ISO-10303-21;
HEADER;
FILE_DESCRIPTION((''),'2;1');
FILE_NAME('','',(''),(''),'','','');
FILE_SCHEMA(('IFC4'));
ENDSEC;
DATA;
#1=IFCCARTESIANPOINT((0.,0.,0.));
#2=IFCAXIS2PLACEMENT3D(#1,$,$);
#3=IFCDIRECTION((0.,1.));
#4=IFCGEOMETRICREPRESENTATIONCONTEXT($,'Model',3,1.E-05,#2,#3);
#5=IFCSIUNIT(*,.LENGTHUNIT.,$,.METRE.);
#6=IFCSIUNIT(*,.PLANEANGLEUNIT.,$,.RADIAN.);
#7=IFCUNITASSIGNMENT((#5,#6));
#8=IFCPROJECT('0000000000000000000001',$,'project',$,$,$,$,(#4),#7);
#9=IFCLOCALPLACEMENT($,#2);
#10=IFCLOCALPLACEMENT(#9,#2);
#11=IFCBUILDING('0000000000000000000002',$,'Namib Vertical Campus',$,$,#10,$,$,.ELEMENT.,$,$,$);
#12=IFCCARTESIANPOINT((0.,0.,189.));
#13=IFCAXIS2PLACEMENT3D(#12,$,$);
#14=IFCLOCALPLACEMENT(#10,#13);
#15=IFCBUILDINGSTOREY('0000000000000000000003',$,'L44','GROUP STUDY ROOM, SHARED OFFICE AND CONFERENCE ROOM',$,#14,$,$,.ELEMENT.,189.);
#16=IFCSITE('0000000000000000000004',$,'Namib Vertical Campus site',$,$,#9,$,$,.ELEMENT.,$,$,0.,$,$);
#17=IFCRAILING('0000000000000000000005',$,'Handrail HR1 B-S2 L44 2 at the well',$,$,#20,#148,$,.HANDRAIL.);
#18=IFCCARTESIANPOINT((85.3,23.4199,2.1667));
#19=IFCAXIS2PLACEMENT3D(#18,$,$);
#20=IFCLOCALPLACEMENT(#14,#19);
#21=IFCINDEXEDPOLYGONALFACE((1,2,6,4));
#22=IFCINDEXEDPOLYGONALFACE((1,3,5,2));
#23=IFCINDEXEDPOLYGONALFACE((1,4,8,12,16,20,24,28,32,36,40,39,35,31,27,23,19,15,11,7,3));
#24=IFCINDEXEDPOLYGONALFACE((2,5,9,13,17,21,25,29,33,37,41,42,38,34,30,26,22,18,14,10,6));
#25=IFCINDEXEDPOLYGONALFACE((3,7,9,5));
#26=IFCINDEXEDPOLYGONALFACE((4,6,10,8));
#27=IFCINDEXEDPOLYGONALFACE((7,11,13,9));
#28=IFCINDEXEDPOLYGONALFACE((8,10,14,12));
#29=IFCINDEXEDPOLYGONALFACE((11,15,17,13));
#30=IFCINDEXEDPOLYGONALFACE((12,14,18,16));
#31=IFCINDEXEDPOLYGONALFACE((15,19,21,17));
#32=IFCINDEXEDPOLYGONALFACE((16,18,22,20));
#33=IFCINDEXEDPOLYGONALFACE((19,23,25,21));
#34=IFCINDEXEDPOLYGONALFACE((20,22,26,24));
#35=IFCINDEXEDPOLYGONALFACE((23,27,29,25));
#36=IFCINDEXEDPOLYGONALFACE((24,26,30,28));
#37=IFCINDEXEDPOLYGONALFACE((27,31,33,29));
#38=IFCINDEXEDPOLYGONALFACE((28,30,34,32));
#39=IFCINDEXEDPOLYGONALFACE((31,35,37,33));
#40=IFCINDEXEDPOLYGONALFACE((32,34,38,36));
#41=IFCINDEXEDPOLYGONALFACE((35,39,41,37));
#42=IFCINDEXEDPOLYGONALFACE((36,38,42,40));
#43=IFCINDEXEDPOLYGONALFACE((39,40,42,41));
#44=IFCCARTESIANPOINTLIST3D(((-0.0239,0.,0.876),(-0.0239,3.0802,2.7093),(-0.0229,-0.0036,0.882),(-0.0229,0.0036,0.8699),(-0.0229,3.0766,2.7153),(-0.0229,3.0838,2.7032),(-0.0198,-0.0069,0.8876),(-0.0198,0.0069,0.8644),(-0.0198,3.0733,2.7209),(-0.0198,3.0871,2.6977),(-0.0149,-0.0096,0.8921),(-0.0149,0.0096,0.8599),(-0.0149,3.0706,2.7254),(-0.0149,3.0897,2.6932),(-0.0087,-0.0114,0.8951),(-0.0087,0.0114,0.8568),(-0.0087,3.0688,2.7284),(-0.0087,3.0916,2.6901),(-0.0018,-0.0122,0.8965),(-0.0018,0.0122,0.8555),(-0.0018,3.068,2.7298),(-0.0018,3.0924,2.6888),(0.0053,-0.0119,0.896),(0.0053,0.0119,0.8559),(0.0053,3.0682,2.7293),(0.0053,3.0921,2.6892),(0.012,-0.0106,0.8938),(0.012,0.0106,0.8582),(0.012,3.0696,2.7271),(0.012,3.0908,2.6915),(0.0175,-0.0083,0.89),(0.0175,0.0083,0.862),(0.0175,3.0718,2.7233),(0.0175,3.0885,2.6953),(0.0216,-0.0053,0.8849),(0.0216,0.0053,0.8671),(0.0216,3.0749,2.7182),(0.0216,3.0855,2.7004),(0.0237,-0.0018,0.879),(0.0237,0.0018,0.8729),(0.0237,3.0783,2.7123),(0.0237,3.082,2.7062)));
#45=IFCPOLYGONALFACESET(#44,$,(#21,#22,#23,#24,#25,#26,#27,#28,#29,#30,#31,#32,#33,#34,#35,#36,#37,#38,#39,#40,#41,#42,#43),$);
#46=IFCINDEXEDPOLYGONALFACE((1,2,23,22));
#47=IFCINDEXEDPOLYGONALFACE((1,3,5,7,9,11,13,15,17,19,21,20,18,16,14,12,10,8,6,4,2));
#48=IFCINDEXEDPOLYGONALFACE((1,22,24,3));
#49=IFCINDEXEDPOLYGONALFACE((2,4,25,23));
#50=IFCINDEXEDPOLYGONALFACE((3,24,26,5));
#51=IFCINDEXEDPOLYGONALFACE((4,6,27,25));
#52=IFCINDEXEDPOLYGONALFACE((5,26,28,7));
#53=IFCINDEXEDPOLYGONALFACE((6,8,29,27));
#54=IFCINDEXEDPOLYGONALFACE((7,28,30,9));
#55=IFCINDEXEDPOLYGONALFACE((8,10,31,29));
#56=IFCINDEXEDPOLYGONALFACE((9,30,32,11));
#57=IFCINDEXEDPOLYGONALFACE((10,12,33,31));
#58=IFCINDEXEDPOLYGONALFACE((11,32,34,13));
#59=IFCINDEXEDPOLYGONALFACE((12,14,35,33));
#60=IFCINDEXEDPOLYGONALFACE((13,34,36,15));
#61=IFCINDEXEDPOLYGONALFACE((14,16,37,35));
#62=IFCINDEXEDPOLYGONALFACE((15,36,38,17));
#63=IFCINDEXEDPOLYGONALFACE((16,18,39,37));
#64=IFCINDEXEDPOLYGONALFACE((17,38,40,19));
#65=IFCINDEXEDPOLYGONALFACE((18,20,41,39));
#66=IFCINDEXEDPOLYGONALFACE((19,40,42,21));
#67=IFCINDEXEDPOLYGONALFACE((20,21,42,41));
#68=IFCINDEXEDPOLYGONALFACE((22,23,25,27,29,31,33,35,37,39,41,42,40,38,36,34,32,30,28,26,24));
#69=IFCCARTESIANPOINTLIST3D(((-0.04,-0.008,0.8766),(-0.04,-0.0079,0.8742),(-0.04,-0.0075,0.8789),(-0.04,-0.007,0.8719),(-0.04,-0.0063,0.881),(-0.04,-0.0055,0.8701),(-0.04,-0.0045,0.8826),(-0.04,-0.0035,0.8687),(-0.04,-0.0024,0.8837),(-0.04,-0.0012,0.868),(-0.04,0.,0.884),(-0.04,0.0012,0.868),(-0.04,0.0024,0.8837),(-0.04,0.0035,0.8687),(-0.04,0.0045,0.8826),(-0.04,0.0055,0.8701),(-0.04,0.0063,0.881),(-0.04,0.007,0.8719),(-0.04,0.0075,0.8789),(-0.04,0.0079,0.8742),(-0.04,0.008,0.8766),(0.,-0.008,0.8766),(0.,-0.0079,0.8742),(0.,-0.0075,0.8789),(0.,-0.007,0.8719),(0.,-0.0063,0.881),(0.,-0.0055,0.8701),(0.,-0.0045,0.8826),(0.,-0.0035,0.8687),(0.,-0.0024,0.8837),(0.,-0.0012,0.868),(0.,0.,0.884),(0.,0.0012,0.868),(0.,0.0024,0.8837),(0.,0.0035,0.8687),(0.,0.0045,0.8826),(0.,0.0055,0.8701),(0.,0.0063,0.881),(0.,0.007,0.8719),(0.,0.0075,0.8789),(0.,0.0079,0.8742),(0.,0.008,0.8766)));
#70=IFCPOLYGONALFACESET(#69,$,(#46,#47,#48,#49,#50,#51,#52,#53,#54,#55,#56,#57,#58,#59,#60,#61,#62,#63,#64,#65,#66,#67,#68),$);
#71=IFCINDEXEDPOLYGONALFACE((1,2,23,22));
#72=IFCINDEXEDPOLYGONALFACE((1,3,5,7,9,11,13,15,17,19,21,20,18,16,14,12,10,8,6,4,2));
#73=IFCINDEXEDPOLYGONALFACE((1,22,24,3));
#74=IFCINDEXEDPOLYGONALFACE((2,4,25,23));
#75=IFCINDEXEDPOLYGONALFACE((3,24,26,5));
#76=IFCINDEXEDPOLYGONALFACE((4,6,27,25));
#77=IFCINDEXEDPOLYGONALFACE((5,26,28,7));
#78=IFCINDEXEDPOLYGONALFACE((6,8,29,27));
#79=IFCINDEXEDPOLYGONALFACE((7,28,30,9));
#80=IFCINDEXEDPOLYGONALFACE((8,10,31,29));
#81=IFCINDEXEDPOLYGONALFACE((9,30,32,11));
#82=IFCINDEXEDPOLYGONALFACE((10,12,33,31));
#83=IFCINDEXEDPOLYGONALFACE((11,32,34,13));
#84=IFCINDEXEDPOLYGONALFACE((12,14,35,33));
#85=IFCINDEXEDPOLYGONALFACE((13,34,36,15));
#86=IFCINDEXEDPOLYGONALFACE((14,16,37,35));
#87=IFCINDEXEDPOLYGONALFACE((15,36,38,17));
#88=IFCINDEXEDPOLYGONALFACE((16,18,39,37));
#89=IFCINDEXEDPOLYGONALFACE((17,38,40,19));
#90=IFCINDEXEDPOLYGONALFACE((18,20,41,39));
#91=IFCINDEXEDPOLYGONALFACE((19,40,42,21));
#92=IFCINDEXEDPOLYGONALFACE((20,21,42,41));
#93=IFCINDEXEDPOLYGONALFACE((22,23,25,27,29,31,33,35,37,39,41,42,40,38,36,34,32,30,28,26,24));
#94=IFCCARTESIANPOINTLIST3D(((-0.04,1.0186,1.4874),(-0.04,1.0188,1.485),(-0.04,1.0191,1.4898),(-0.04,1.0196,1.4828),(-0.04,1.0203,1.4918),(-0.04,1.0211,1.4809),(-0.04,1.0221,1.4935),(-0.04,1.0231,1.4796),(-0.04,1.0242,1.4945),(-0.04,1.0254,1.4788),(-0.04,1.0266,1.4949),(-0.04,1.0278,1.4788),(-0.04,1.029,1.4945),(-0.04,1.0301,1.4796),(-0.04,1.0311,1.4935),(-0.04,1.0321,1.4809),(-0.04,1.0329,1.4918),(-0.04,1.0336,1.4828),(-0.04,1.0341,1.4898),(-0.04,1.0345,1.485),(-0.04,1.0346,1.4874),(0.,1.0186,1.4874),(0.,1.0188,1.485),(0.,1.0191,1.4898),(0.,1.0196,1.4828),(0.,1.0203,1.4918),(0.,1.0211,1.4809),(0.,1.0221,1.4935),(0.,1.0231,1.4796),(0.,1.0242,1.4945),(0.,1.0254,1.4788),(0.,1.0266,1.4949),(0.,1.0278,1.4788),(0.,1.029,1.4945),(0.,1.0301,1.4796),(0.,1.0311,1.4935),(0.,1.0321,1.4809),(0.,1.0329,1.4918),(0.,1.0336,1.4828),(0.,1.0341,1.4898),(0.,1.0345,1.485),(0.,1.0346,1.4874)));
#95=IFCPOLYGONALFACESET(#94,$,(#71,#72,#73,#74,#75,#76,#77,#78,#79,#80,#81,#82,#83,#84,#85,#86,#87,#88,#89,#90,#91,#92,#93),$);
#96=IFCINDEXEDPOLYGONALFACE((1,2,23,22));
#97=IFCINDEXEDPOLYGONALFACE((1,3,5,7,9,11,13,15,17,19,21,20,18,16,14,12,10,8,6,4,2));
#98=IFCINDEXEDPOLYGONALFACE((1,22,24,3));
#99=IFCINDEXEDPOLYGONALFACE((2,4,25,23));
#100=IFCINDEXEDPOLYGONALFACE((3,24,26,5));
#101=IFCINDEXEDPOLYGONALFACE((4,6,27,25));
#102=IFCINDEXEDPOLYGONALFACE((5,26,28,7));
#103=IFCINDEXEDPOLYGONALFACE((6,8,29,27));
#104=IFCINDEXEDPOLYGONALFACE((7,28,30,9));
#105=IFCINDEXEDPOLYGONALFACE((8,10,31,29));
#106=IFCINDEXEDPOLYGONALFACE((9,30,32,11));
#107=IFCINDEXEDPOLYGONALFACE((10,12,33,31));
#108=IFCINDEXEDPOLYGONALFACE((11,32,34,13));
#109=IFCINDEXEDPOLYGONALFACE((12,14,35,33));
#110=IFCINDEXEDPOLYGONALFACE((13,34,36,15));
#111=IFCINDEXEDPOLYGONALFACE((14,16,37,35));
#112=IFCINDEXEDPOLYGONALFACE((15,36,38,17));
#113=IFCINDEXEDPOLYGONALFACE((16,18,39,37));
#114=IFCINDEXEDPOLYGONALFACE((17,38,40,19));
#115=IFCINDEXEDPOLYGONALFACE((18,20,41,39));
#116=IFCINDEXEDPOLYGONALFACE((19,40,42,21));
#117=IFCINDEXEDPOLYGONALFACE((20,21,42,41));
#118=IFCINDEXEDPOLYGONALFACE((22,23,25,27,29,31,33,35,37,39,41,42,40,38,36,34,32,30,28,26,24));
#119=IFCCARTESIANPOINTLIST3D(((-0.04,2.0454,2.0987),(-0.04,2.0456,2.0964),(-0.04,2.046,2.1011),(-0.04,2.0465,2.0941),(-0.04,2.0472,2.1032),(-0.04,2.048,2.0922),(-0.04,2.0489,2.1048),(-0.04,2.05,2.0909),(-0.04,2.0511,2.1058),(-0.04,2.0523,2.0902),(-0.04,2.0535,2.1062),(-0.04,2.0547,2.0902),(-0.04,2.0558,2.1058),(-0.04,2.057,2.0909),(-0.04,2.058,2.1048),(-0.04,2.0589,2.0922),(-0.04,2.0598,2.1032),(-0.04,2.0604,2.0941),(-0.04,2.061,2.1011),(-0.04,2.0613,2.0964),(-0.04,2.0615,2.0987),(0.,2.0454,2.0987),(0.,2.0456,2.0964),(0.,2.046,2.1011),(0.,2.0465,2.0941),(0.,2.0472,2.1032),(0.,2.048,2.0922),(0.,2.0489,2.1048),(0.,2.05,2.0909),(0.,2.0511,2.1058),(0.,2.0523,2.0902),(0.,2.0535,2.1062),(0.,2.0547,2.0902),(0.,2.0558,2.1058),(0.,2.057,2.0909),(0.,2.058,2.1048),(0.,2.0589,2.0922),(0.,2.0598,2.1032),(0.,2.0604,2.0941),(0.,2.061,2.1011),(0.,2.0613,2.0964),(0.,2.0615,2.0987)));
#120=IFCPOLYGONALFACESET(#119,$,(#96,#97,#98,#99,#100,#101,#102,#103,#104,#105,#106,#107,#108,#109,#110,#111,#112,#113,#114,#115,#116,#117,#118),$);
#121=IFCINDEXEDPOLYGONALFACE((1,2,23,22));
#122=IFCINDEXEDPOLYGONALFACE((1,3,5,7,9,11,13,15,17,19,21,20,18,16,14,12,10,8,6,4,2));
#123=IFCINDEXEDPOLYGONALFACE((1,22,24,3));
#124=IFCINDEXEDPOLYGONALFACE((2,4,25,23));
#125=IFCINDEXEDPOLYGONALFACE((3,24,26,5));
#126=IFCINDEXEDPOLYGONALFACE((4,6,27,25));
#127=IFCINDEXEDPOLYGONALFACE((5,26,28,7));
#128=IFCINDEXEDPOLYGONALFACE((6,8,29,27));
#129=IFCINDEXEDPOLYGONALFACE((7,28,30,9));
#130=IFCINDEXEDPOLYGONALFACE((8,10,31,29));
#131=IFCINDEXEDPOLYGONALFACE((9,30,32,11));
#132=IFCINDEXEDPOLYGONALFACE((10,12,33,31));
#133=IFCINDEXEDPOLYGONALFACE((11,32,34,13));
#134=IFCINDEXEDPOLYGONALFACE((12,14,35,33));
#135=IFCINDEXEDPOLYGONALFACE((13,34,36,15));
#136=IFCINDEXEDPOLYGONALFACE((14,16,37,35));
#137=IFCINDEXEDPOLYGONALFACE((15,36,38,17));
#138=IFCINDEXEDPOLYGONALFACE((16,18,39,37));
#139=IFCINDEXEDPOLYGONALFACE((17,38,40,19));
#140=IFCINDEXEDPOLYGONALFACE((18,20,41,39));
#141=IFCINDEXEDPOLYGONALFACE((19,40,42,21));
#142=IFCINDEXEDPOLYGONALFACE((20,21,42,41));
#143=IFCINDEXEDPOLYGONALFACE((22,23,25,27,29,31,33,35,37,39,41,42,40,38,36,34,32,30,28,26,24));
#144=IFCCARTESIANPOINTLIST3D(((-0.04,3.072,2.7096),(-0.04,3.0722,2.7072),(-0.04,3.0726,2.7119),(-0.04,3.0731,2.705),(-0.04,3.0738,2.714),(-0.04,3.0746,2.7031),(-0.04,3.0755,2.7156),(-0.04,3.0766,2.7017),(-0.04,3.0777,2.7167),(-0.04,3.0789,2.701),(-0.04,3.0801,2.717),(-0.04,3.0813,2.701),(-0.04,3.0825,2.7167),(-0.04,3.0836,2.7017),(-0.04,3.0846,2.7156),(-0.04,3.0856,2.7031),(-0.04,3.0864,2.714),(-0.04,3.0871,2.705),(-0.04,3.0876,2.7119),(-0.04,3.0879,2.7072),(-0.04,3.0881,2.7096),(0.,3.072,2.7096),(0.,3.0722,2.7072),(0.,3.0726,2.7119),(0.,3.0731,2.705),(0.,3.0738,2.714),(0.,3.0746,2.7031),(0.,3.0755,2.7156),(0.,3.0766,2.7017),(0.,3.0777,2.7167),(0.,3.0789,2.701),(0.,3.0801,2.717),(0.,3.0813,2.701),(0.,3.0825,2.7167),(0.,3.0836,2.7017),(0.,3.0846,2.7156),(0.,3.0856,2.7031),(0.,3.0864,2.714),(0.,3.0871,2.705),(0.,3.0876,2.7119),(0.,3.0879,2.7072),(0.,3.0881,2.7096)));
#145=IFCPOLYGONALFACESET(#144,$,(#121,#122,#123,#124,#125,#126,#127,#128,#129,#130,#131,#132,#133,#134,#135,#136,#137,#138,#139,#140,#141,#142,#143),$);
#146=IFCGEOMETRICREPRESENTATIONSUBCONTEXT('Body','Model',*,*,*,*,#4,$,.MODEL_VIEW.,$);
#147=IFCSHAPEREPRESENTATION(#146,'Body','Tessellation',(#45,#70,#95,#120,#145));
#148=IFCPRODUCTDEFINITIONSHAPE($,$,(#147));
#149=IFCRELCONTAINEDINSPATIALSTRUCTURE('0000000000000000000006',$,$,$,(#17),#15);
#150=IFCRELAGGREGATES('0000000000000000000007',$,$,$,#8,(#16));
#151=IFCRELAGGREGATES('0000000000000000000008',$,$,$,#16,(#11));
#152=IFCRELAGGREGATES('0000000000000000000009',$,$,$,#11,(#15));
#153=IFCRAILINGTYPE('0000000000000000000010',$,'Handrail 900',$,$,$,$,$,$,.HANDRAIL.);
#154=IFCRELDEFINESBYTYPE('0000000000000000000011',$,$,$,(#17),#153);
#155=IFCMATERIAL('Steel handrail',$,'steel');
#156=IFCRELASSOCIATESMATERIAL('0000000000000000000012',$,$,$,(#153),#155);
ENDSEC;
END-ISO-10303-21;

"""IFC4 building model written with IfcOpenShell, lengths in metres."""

from ifc_helpers import new_model, si_unit, direction, frame, origin, origin_2d, place, context, subcontext, project, spatial, circle, extrude, material, type_object, element, save


model = new_model("IFC4")

# Units and contexts
model_context = context("Model", 3, precision=1e-05, world=origin(), true_north=direction((0.0, 1.0)))
body_context = subcontext(model_context, "Body", "Model", "MODEL_VIEW")
ifc_project = project(units=[si_unit("LENGTHUNIT", "METRE"), si_unit("PLANEANGLEUNIT", "RADIAN")], contexts=[model_context])

# Site, building, storey
site_placement = place(None, origin())
site = spatial("IfcSite", under=ifc_project, at=site_placement, Name="Namib Vertical Campus site", CompositionType="ELEMENT", RefElevation=0.0)
building_placement = place(site_placement, origin())
building = spatial("IfcBuilding", under=site, at=building_placement, Name="Namib Vertical Campus", CompositionType="ELEMENT")
storey_placement = place(building_placement, frame((0.0, 0.0, 189.0)))
storey = spatial("IfcBuildingStorey", under=building, at=storey_placement, Name="L44", Description="GROUP STUDY ROOM, SHARED OFFICE AND CONFERENCE ROOM", CompositionType="ELEMENT", Elevation=189.0)

# Railing
ifc_material_1 = material(Name="Steel handrail", Category="steel")
railing_type_1 = type_object("IfcRailingType", Name="Handrail 900", PredefinedType="HANDRAIL", material=ifc_material_1)
railing_1_placement = place(storey_placement, frame((85.3, 23.4199, 2.1667)))
element("IfcRailing", 1, at=railing_1_placement, inside=storey, type_object=railing_type_1, Name="Handrail HR1 B-S2 L44 2 at the well", PredefinedType="HANDRAIL", context=body_context, shape_type="SweptSolid", body=[
    extrude(circle(Radius=0.0239, at=origin_2d()), frame((0.0, 0.0, 0.876), z_axis=(0.0, 0.859309, 0.511458), x_axis=(-1.0, 0.0, 0.0)), (0.0, 0.0, 1.0), 3.5845),
    extrude(circle(Radius=0.0081, at=origin_2d()), frame((0.0, 0.0, 0.876), z_axis=(-1.0, 0.0, 0.0), x_axis=(0.0, 0.0, 1.0)), (0.0, 0.0, 1.0), 0.04),
    extrude(circle(Radius=0.0081, at=origin_2d()), frame((0.0, 1.0266, 1.4868), z_axis=(-1.0, 0.0, 0.0), x_axis=(0.0, 0.0, 1.0)), (0.0, 0.0, 1.0), 0.04),
    extrude(circle(Radius=0.0081, at=origin_2d()), frame((0.0, 2.0535, 2.0981), z_axis=(-1.0, 0.0, 0.0), x_axis=(0.0, 0.0, 1.0)), (0.0, 0.0, 1.0), 0.04),
    extrude(circle(Radius=0.0081, at=origin_2d()), frame((0.0, 3.0801, 2.709), z_axis=(-1.0, 0.0, 0.0), x_axis=(0.0, 0.0, 1.0)), (0.0, 0.0, 1.0), 0.04),
])

save(model, "model.ifc")
